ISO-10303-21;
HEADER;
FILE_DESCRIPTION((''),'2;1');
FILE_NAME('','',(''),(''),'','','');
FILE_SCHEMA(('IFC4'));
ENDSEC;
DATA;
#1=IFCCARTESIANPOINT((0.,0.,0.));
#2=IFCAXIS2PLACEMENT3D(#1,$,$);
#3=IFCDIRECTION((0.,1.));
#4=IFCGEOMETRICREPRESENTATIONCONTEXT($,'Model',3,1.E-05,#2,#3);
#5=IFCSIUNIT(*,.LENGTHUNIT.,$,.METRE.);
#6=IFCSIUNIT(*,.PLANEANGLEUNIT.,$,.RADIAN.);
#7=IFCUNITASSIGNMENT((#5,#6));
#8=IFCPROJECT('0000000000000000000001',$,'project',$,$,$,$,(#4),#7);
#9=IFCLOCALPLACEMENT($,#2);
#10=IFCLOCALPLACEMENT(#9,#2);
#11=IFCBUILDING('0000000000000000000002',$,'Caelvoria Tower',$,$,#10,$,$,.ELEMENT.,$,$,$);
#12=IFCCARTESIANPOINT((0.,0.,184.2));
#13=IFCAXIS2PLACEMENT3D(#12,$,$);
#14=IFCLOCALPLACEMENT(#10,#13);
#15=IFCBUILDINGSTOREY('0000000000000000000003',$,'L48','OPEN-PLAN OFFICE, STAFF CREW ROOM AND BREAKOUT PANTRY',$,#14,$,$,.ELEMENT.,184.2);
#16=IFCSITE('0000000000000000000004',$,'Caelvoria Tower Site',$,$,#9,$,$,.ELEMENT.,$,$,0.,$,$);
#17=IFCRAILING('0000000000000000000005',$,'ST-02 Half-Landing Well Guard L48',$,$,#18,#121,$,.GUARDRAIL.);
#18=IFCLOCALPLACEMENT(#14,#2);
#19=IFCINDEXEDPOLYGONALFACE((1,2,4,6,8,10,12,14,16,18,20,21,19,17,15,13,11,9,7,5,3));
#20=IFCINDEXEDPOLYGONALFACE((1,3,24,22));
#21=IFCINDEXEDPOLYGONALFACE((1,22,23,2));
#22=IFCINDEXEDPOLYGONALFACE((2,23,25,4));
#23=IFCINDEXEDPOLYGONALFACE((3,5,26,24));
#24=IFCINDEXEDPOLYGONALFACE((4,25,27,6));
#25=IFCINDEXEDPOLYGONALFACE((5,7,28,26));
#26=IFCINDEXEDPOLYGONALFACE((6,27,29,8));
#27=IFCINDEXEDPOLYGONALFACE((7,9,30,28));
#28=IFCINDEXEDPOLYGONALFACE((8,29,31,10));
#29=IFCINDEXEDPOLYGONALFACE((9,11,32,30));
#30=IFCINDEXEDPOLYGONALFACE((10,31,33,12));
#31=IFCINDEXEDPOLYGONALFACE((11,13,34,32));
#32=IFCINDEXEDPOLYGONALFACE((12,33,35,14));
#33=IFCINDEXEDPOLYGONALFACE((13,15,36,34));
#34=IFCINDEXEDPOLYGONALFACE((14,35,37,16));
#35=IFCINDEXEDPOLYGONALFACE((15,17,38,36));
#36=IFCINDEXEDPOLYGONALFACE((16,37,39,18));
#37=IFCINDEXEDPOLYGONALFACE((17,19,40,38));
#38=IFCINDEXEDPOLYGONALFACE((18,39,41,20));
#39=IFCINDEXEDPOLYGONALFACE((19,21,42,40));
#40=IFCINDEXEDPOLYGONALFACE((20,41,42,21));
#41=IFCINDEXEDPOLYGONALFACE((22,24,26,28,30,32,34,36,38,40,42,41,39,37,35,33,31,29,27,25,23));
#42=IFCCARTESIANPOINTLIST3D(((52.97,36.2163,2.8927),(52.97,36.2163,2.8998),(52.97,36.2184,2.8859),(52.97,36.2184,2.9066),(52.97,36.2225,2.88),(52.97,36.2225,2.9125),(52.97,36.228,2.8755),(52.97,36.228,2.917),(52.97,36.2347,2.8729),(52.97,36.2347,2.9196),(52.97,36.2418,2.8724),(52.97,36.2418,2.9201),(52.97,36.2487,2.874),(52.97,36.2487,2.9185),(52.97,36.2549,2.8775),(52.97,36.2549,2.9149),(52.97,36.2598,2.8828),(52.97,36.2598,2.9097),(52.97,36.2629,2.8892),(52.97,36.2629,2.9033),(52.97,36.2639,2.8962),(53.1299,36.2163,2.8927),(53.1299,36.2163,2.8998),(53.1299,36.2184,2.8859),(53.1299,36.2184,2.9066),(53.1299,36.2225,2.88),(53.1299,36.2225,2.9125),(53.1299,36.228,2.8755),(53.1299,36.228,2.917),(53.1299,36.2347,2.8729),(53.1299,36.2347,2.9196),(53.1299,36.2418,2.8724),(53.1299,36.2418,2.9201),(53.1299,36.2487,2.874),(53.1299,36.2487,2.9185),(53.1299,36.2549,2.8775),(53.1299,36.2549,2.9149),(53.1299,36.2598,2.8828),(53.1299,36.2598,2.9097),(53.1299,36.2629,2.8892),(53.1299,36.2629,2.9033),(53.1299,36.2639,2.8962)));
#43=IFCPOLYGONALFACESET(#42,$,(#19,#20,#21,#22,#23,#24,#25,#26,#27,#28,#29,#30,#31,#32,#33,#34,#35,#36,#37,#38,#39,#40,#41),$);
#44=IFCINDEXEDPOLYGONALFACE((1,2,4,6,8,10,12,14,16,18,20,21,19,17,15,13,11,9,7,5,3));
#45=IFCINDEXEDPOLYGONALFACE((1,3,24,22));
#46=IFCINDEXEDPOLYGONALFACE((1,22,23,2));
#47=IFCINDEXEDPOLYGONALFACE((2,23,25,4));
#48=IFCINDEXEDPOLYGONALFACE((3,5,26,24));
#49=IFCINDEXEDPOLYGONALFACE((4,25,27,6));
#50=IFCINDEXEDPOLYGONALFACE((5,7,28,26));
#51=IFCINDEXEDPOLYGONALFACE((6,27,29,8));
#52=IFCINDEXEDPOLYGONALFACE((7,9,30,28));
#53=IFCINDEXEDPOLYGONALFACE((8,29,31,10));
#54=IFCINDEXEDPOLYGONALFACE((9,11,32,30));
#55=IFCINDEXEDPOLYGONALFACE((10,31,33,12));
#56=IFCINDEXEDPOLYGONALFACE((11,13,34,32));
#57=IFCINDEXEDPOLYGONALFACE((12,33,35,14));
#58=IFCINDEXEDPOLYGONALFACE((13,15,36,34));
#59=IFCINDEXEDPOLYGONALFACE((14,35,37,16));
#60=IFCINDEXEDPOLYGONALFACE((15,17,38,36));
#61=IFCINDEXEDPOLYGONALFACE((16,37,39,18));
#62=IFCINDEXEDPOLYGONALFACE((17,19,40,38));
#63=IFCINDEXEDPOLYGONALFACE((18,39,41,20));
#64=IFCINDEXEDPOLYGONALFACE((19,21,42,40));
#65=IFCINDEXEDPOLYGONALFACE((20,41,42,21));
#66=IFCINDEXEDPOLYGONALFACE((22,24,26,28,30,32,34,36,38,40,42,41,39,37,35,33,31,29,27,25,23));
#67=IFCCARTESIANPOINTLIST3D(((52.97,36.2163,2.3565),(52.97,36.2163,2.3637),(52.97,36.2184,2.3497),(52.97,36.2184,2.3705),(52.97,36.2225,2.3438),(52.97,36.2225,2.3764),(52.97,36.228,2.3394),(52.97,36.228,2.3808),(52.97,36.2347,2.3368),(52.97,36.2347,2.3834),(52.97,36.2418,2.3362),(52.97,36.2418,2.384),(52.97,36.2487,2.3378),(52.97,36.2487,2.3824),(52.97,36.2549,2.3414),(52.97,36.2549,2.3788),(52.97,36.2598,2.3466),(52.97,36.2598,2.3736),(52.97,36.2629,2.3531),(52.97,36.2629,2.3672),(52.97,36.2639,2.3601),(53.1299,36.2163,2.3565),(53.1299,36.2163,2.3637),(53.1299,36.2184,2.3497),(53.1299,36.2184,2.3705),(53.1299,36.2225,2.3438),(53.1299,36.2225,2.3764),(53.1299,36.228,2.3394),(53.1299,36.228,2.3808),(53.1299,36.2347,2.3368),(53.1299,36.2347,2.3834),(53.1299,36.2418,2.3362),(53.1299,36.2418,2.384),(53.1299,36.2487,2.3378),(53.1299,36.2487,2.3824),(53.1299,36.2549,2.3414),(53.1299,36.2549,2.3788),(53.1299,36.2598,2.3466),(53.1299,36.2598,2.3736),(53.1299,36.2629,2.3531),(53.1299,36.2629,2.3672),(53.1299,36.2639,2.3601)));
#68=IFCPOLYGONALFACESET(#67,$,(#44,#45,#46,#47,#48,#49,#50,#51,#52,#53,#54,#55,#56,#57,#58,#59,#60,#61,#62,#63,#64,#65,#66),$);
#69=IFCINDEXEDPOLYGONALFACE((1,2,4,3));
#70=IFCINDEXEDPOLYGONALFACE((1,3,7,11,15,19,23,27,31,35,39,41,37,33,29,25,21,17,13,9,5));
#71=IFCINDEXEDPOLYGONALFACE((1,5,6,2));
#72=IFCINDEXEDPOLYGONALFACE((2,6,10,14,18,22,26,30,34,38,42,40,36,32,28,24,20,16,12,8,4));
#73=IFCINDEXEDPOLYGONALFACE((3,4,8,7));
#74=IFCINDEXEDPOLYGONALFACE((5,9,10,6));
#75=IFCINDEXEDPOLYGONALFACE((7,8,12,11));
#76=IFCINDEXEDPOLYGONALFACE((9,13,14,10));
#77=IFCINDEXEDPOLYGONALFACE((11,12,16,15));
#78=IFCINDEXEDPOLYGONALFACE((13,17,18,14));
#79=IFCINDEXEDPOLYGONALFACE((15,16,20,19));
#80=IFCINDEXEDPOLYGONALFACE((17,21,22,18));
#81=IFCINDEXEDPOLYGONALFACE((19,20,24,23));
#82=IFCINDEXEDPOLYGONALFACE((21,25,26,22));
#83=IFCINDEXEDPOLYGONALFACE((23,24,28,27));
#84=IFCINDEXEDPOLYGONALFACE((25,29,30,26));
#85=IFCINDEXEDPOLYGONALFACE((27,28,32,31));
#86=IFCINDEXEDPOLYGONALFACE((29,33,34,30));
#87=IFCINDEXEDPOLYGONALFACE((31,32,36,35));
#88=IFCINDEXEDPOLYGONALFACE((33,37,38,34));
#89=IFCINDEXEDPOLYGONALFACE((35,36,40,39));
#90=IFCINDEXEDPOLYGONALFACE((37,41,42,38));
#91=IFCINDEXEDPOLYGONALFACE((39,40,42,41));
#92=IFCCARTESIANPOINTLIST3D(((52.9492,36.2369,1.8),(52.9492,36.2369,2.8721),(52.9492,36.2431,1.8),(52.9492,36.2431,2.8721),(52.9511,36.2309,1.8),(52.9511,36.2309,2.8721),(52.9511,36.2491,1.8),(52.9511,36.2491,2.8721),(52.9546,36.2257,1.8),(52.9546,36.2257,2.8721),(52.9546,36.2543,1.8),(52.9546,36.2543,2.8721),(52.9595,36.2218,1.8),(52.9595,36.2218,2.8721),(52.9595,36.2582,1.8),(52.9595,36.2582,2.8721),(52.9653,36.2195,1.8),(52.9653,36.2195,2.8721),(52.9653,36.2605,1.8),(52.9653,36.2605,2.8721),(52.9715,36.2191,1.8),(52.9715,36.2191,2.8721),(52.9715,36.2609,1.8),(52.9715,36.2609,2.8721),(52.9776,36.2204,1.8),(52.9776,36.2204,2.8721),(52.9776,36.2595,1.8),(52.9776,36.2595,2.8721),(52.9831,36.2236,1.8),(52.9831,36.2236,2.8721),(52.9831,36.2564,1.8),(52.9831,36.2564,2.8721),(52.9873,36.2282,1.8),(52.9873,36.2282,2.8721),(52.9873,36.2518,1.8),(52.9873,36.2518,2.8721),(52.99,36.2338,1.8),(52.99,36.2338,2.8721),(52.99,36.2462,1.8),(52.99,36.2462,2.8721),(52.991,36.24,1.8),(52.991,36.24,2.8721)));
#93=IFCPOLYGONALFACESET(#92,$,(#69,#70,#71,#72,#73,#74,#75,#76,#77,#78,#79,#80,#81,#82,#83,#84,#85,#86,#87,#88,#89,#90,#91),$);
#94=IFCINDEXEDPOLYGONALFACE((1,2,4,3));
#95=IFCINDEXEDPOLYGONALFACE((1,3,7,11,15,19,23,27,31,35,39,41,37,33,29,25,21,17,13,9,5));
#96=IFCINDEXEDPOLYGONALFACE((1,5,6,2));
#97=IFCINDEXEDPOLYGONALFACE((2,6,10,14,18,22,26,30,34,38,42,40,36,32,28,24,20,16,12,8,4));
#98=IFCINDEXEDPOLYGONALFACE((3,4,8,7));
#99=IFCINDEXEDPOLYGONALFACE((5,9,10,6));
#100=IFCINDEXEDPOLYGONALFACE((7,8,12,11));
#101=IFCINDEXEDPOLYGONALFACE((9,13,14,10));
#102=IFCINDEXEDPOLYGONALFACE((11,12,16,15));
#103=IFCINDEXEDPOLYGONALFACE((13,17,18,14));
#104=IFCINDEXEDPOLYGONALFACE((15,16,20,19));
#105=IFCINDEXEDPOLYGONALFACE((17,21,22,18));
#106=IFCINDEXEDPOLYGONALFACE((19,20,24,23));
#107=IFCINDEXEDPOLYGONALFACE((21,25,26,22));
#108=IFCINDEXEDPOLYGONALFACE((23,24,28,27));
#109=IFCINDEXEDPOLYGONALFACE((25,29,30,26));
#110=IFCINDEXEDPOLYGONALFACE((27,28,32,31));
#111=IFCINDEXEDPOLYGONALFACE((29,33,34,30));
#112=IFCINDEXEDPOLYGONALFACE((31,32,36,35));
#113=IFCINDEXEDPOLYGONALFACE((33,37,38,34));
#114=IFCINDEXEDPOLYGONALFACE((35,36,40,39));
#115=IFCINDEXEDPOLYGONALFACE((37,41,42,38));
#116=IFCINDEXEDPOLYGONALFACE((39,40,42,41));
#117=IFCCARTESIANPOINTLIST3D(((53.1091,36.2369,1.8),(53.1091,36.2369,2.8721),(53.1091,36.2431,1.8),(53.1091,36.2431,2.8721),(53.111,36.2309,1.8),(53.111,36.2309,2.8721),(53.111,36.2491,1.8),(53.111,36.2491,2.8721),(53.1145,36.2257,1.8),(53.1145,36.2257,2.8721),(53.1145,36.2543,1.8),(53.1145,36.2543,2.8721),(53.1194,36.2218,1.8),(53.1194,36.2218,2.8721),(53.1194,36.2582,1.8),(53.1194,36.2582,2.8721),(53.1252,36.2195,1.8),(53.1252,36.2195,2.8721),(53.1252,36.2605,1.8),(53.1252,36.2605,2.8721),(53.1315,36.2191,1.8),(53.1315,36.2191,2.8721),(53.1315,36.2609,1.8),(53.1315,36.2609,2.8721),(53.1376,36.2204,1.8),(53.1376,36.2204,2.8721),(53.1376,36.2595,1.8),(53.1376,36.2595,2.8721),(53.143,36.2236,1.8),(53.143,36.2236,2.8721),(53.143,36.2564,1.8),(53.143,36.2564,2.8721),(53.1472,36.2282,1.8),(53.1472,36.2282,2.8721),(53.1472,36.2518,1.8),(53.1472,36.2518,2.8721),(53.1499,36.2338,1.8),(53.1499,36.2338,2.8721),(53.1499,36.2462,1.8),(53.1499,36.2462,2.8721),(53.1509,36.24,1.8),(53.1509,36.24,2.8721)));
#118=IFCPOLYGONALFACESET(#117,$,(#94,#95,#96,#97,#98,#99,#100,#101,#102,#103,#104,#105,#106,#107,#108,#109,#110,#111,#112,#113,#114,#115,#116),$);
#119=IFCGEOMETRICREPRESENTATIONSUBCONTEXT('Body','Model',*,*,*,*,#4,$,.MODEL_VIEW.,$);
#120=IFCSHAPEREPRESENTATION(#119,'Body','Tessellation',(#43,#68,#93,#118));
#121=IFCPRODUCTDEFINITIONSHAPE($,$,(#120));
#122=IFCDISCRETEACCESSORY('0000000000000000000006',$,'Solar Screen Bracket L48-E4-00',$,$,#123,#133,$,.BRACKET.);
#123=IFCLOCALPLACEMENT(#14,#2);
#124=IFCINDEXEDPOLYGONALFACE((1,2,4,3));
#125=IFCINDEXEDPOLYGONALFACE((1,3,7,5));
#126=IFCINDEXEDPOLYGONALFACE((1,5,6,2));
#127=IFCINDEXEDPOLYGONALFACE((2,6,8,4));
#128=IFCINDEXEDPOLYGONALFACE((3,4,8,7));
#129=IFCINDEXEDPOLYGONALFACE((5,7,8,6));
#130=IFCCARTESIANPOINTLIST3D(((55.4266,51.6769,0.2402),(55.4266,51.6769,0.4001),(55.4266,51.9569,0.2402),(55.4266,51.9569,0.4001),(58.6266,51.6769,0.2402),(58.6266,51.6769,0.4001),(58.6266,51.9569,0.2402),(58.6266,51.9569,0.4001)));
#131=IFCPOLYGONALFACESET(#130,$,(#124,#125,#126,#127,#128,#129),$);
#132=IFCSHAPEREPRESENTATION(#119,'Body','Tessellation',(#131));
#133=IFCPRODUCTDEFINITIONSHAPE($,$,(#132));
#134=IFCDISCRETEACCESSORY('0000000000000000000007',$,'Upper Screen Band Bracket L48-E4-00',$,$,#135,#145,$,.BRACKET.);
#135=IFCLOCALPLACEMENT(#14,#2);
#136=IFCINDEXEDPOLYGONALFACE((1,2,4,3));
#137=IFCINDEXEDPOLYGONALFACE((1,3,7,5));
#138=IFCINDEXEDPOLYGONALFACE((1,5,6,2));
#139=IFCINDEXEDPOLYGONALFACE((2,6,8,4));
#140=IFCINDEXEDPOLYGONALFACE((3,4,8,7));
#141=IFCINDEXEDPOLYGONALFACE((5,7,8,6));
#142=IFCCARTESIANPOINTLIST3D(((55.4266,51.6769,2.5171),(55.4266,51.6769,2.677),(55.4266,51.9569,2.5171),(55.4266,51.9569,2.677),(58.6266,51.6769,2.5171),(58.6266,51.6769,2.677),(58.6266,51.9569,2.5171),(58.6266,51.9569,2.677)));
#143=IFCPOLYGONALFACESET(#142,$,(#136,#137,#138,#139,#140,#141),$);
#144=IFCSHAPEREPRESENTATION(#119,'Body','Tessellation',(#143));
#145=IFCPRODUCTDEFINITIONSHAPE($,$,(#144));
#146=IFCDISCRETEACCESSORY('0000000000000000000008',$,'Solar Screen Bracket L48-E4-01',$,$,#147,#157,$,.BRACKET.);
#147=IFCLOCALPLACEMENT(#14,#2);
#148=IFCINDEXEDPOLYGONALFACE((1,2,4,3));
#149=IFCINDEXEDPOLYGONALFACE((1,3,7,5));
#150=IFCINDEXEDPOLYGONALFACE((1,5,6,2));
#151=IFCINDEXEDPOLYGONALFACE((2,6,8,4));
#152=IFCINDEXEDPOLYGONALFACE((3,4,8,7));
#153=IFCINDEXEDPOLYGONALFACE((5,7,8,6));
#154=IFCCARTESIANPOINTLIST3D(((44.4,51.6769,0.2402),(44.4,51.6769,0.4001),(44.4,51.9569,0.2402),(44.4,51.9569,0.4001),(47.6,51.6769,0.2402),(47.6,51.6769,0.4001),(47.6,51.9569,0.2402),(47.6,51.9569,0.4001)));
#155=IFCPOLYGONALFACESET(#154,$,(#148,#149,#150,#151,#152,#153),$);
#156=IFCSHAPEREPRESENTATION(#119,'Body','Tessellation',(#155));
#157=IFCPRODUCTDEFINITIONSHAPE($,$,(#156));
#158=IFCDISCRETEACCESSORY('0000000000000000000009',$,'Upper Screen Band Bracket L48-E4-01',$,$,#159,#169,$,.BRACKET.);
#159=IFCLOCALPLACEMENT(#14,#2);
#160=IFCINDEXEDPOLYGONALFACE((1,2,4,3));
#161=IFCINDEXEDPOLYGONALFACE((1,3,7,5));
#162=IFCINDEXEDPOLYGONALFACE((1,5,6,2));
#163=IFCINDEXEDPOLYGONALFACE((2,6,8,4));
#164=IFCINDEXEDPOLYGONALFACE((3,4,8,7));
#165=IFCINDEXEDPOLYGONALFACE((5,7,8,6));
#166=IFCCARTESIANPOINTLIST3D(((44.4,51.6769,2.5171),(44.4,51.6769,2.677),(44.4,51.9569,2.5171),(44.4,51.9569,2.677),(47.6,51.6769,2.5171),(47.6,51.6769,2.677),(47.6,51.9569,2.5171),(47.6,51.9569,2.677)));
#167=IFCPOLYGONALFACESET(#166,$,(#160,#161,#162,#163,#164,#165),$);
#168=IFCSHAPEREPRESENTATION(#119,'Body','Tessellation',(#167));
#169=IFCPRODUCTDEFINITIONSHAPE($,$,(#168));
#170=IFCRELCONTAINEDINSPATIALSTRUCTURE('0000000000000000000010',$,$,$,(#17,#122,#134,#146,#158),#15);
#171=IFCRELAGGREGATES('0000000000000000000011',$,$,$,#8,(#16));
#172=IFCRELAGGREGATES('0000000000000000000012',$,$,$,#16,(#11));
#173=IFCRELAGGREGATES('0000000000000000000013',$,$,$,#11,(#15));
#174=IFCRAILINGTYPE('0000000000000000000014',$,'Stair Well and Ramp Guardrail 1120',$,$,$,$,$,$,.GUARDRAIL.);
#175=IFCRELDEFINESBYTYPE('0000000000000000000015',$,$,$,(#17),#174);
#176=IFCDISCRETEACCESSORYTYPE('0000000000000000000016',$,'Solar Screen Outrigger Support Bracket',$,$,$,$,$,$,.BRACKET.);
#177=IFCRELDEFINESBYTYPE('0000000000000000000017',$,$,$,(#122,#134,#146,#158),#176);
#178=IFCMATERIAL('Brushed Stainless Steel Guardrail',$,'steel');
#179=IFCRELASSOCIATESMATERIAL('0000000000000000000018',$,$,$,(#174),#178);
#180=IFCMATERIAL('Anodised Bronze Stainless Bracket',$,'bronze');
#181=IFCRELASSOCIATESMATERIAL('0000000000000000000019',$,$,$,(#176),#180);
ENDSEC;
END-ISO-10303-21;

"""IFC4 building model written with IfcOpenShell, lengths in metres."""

from ifc_helpers import new_model, si_unit, direction, frame, origin, origin_2d, place, context, subcontext, project, spatial, rectangle, circle, extrude, material, type_object, element, save


model = new_model("IFC4")

# Units and contexts
model_context = context("Model", 3, precision=1e-05, world=origin(), true_north=direction((0.0, 1.0)))
body_context = subcontext(model_context, "Body", "Model", "MODEL_VIEW")
ifc_project = project(units=[si_unit("LENGTHUNIT", "METRE"), si_unit("PLANEANGLEUNIT", "RADIAN")], contexts=[model_context])

# Site, building, storey
site_placement = place(None, origin())
site = spatial("IfcSite", under=ifc_project, at=site_placement, Name="Caelvoria Tower Site", CompositionType="ELEMENT", RefElevation=0.0)
building_placement = place(site_placement, origin())
building = spatial("IfcBuilding", under=site, at=building_placement, Name="Caelvoria Tower", CompositionType="ELEMENT")
storey_placement = place(building_placement, frame((0.0, 0.0, 184.2)))
storey = spatial("IfcBuildingStorey", under=building, at=storey_placement, Name="L48", Description="OPEN-PLAN OFFICE, STAFF CREW ROOM AND BREAKOUT PANTRY", CompositionType="ELEMENT", Elevation=184.2)

# Railing
ifc_material_1 = material(Name="Brushed Stainless Steel Guardrail", Category="steel")
railing_type_1 = type_object("IfcRailingType", Name="Stair Well and Ramp Guardrail 1120", PredefinedType="GUARDRAIL", material=ifc_material_1)
railing_1_placement = place(storey_placement, frame((52.97, 36.24, 1.8)))
element("IfcRailing", 1, at=railing_1_placement, inside=storey, type_object=railing_type_1, Name="ST-02 Half-Landing Well Guard L48", PredefinedType="GUARDRAIL", context=body_context, shape_type="SweptSolid", body=[
    extrude(circle(Radius=0.0239, at=origin_2d()), frame((0.0, 0.0, 1.0962), z_axis=(1.0, 0.0, 0.0), x_axis=(0.0, 1.0, 0.0)), (0.0, 0.0, 1.0), 0.1599),
    extrude(circle(Radius=0.0239, at=origin_2d()), frame((0.0, 0.0, 0.5601), z_axis=(1.0, 0.0, 0.0), x_axis=(0.0, 1.0, 0.0)), (0.0, 0.0, 1.0), 0.1599),
    extrude(circle(Radius=0.021, at=origin_2d()), origin(), (0.0, 0.0, 1.0), 1.072),
    extrude(circle(Radius=0.021, at=origin_2d()), frame((0.1599, 0.0, 0.0)), (0.0, 0.0, 1.0), 1.072),
])

# Discrete accessories
ifc_material_2 = material(Name="Anodised Bronze Stainless Bracket", Category="bronze")
discrete_accessory_type = type_object("IfcDiscreteAccessoryType", Name="Solar Screen Outrigger Support Bracket", PredefinedType="BRACKET", material=ifc_material_2)
for number, where, z_axis, x_axis, name in (
    (2, (57.0266, 51.8169, 0.2402), (0.0, 0.0, 1.0), (-1.0, 0.0, 0.0), "Solar Screen Bracket L48-E4-00"),
    (3, (57.0266, 51.8169, 2.5171), (0.0, 0.0, 1.0), (-1.0, 0.0, 0.0), "Upper Screen Band Bracket L48-E4-00"),
    (4, (46.0, 51.8169, 0.2402), (0.0, 0.0, 1.0), (-1.0, 0.0, 0.0), "Solar Screen Bracket L48-E4-01"),
    (5, (46.0, 51.8169, 2.5171), (0.0, 0.0, 1.0), (-1.0, 0.0, 0.0), "Upper Screen Band Bracket L48-E4-01"),
):
    element("IfcDiscreteAccessory", number, at=place(storey_placement, frame(where, z_axis=z_axis, x_axis=x_axis)), inside=storey, type_object=discrete_accessory_type, Name=name, PredefinedType="BRACKET", context=body_context, shape_type="SweptSolid", body=[
        extrude(rectangle(XDim=3.2, YDim=0.28, at=origin_2d()), origin(), (0.0, 0.0, 1.0), 0.1599),
    ])

save(model, "model.ifc")
